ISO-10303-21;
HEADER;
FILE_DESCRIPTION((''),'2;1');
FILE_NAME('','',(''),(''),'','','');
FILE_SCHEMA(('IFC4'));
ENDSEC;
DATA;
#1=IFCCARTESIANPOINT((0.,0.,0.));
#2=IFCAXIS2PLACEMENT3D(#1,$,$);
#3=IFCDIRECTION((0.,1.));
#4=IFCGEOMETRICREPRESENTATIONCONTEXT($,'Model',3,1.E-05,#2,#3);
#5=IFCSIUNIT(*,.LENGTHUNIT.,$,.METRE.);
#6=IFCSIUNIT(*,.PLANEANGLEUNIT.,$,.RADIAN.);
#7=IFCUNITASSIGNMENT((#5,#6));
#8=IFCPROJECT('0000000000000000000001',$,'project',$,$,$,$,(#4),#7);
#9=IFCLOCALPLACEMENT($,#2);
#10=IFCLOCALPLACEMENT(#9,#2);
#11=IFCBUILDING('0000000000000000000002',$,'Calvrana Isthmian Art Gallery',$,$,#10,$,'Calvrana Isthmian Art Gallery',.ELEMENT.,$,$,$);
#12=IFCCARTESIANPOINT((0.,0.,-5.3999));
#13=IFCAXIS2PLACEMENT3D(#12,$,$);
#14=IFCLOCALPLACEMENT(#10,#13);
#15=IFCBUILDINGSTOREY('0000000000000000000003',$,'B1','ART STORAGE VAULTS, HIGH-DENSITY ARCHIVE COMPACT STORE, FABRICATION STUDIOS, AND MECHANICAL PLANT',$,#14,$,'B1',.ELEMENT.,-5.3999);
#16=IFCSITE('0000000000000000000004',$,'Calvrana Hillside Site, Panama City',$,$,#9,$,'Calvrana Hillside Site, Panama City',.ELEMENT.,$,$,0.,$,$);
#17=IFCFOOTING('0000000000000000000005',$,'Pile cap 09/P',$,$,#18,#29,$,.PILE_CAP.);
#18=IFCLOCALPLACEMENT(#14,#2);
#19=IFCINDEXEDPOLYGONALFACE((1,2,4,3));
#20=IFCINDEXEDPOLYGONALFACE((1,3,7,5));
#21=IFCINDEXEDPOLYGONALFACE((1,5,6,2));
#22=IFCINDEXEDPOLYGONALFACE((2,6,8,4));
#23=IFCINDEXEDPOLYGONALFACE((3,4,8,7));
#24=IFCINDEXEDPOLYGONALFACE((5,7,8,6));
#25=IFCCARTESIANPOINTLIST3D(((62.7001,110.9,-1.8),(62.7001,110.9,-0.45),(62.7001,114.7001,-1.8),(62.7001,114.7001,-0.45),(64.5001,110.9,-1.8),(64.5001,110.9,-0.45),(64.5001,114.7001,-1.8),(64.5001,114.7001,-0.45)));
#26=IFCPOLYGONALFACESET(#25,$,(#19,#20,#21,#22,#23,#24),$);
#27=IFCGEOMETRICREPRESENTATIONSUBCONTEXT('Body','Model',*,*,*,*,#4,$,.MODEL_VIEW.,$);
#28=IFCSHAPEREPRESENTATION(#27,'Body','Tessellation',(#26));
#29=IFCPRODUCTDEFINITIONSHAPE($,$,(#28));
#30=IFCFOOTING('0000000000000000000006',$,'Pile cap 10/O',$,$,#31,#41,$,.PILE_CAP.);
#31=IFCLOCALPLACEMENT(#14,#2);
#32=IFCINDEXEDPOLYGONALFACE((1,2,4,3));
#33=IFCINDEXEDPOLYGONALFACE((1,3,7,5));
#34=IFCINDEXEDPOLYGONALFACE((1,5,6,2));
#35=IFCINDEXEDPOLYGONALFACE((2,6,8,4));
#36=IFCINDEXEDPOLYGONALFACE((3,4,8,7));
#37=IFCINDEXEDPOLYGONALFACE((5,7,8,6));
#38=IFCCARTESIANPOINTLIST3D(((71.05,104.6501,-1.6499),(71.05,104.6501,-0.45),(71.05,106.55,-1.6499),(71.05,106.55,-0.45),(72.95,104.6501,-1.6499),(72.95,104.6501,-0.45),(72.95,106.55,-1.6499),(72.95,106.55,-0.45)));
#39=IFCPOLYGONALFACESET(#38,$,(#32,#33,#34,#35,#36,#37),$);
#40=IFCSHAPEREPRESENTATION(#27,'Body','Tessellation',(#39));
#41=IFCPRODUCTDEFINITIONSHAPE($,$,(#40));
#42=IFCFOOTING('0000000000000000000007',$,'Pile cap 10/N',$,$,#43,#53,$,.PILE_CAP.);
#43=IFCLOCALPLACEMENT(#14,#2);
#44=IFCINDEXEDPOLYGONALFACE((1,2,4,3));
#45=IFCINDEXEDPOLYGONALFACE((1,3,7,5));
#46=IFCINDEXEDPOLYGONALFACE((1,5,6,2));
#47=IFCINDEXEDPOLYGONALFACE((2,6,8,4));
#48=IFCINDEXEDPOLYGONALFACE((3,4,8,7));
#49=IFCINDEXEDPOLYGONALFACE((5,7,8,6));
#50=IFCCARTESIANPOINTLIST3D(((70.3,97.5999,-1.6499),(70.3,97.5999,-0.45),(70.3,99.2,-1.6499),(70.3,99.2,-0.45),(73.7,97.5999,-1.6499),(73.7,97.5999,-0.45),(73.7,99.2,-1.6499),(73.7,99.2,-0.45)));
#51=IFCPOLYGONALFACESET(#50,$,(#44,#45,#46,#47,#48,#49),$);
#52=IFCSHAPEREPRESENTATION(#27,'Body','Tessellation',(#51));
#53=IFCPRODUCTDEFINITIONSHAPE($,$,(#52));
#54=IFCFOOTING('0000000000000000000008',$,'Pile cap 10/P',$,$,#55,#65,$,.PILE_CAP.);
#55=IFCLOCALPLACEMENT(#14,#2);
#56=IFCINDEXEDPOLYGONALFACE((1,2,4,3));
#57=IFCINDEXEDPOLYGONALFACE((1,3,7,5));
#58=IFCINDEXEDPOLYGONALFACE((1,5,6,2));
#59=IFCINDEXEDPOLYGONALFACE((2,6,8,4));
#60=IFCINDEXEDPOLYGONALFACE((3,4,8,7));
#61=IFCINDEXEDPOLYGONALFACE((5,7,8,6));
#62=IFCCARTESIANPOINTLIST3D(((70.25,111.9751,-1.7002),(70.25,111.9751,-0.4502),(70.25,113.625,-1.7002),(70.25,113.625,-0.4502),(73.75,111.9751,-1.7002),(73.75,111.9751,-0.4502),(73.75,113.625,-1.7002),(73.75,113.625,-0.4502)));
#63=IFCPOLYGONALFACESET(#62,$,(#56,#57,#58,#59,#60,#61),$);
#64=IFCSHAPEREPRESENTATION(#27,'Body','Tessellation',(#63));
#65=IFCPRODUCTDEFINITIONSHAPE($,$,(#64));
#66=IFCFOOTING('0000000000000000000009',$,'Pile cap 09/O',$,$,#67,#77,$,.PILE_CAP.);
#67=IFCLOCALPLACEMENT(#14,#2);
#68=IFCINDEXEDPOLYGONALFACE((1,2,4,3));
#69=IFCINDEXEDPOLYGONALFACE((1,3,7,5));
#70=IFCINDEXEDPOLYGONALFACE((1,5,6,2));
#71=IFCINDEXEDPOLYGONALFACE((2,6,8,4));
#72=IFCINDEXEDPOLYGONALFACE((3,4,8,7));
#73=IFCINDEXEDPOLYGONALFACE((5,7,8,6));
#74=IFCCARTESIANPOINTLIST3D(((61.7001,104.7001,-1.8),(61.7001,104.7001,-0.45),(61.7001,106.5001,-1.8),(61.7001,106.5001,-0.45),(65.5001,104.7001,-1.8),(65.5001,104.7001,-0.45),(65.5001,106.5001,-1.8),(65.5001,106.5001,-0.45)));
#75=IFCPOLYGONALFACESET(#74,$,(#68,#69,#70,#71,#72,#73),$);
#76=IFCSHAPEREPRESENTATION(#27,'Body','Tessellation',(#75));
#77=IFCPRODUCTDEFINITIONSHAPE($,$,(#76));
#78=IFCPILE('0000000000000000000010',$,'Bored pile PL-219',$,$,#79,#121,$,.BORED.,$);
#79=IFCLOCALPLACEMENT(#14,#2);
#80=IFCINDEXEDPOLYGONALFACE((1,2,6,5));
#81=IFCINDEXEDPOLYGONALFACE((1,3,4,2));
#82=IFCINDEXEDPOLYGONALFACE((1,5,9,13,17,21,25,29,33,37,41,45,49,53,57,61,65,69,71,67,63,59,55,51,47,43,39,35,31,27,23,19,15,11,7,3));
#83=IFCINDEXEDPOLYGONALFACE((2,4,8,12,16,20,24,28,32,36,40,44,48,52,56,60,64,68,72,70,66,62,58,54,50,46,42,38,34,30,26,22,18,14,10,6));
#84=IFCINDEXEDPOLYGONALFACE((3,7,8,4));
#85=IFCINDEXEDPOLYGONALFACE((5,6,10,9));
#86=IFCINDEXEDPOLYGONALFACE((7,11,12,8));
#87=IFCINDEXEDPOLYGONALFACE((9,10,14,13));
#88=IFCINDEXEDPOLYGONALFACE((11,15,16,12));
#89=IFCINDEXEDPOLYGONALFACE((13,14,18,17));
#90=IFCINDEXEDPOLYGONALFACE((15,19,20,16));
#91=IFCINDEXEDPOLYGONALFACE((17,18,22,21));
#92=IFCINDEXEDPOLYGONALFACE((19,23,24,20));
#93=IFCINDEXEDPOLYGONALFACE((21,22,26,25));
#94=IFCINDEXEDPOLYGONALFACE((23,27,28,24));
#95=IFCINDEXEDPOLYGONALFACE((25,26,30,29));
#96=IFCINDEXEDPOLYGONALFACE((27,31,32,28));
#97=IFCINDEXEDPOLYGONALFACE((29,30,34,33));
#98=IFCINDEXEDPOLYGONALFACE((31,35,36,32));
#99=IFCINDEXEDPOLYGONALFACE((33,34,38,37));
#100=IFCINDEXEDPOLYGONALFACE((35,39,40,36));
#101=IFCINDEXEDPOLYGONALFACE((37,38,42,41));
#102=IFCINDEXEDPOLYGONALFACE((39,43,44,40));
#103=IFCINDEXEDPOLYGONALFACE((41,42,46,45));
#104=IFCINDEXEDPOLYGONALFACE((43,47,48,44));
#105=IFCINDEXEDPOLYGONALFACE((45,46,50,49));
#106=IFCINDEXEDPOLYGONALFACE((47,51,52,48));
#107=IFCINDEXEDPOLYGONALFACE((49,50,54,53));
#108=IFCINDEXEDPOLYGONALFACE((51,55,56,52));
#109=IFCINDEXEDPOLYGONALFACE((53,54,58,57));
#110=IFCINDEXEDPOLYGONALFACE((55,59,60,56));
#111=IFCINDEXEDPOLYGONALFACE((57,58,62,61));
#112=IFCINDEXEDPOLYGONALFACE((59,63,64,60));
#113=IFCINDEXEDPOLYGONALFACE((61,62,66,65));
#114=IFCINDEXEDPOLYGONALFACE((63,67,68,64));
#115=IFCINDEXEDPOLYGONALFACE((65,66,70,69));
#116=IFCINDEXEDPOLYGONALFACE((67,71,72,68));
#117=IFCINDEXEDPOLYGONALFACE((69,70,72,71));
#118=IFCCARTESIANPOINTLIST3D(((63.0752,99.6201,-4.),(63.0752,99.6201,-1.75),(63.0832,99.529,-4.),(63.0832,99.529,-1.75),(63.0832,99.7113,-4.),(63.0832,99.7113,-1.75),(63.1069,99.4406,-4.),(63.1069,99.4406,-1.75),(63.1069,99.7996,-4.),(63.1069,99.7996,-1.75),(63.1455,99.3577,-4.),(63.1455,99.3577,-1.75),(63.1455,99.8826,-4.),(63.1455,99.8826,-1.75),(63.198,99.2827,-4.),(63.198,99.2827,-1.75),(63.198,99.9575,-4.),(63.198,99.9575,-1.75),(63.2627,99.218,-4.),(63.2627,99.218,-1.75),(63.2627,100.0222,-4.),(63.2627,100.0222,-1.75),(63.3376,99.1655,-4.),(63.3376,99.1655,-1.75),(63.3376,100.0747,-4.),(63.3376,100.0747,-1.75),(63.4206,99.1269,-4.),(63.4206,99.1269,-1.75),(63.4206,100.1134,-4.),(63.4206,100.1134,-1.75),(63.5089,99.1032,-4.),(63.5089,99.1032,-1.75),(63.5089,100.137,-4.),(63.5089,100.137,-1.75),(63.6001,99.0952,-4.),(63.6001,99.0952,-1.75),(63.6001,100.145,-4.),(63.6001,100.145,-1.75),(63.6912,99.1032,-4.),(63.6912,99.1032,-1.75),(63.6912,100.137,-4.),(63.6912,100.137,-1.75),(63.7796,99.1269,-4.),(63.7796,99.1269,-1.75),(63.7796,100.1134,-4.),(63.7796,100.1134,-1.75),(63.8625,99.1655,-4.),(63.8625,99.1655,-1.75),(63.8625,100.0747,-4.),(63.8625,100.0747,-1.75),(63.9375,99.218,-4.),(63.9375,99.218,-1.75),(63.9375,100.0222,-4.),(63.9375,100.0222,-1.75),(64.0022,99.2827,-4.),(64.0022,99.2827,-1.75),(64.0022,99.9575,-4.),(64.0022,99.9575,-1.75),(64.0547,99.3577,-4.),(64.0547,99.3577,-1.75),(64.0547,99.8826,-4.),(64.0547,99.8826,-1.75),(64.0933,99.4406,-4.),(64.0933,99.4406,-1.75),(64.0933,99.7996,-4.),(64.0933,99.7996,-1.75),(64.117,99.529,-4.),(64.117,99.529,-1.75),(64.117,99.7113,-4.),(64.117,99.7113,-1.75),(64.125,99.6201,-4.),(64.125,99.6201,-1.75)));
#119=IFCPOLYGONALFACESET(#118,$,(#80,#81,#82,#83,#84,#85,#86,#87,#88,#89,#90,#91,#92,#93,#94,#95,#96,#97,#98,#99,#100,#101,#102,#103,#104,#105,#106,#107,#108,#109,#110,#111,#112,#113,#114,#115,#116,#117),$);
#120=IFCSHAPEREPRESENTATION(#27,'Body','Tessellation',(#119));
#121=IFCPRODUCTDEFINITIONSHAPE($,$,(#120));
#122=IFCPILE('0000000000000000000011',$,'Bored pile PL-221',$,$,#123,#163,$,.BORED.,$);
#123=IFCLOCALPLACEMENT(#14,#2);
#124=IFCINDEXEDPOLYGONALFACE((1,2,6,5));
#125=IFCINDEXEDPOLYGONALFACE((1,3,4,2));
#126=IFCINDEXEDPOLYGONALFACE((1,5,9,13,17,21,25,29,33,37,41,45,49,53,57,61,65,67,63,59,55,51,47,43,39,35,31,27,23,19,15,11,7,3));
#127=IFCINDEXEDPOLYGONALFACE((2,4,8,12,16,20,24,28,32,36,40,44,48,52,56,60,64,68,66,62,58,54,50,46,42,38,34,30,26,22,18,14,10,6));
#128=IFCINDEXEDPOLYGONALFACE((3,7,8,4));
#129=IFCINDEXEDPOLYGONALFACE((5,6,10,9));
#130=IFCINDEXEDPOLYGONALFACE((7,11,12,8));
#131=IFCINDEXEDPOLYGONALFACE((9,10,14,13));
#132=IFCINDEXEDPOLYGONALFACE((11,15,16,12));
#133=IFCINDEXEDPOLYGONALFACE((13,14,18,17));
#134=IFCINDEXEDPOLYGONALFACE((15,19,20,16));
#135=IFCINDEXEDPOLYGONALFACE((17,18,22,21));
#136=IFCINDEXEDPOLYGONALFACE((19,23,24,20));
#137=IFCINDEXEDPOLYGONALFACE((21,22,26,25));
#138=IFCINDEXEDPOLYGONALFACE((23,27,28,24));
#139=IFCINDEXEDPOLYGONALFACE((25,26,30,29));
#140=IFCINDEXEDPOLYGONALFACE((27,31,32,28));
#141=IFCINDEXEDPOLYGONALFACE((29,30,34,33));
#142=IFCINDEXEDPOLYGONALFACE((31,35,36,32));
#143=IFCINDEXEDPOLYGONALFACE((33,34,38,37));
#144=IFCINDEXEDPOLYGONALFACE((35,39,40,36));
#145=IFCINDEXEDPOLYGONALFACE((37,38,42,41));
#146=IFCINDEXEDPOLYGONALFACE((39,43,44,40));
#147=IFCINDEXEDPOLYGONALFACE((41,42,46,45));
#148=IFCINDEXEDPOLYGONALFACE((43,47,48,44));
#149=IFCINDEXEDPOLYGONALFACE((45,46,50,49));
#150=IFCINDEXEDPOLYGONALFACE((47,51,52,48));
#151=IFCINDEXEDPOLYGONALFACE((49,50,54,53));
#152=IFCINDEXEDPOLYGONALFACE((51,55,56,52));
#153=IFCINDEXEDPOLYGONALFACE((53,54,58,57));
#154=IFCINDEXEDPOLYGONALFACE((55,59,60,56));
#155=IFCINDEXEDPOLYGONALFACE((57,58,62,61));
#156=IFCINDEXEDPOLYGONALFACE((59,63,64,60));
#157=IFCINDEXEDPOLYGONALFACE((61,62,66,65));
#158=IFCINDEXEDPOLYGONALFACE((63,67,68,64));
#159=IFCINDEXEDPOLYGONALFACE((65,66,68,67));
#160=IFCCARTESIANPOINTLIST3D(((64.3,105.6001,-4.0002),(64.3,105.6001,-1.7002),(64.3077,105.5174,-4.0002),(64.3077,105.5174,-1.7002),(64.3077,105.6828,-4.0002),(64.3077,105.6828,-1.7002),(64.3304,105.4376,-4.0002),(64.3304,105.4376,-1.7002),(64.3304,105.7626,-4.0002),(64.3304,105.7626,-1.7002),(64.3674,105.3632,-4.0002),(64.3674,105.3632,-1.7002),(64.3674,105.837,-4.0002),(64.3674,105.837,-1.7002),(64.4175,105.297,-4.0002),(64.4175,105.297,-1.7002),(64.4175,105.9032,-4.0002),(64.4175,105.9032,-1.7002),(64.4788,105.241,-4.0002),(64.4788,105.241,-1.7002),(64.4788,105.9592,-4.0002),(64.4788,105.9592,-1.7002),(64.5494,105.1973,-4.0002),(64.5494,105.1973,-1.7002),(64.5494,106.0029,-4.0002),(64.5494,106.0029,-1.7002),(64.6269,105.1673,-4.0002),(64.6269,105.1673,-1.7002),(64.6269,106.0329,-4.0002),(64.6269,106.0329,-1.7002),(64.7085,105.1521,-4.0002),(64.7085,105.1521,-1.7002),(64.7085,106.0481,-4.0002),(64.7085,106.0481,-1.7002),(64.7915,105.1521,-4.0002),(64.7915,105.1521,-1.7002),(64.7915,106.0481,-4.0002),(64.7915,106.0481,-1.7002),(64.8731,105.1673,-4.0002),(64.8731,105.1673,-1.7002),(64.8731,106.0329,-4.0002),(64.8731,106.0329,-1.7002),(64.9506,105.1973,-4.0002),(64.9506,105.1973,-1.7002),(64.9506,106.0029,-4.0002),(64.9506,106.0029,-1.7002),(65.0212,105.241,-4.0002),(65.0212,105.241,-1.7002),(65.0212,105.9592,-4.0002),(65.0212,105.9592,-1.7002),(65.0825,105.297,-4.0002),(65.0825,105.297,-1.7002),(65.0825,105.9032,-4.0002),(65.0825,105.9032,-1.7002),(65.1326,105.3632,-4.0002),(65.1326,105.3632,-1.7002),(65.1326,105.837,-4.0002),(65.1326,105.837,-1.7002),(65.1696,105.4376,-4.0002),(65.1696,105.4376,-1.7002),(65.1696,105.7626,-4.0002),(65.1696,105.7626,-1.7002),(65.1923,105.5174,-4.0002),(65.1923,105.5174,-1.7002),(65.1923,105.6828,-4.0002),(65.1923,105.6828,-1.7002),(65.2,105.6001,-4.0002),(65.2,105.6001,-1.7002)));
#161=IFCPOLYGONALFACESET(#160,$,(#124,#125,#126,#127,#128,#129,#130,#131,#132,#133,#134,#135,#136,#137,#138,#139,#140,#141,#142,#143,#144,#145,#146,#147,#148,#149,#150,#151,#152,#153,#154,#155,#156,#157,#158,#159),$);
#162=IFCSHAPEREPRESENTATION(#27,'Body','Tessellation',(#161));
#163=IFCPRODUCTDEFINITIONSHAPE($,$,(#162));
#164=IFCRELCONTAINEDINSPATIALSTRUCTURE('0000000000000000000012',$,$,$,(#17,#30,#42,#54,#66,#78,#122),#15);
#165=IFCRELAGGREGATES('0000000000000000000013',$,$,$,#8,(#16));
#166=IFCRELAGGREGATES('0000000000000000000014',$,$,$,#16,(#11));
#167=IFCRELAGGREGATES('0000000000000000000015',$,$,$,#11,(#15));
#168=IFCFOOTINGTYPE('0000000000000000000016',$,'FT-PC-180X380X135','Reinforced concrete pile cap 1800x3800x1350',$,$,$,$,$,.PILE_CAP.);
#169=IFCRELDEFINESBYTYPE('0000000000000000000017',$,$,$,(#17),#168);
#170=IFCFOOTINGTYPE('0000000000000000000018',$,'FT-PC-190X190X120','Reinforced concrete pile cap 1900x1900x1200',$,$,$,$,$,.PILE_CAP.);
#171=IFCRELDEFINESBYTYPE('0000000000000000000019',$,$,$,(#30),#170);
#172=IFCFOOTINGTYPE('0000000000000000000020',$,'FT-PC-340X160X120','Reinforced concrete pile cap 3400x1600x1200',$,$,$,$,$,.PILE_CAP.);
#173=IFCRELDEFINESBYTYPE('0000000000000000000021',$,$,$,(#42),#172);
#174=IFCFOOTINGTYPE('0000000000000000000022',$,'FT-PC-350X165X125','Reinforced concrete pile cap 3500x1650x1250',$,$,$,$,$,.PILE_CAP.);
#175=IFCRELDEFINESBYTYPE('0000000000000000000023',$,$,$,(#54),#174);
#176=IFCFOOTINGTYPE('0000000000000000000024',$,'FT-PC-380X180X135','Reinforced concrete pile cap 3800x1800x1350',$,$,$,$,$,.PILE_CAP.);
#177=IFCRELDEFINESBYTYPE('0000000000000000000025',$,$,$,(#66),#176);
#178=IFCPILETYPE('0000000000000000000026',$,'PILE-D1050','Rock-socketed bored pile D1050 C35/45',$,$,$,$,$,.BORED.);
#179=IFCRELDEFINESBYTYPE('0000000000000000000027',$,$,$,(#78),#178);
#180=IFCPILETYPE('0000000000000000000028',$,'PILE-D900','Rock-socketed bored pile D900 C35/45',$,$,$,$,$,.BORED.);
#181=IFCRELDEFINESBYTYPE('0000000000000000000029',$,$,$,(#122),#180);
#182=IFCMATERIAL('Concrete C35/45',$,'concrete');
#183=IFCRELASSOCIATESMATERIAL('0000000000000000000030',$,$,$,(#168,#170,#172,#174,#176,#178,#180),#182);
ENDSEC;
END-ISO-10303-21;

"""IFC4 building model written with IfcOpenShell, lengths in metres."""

from ifc_helpers import new_model, si_unit, direction, frame, origin, origin_2d, place, context, subcontext, project, spatial, rectangle, circle, extrude, material, material_profile, profile_set, type_object, element, save


model = new_model("IFC4")

# Units and contexts
model_context = context("Model", 3, precision=1e-05, world=origin(), true_north=direction((0.0, 1.0)))
body_context = subcontext(model_context, "Body", "Model", "MODEL_VIEW")
ifc_project = project(units=[si_unit("LENGTHUNIT", "METRE"), si_unit("PLANEANGLEUNIT", "RADIAN")], contexts=[model_context])

# Site, building, storey
site_placement = place(None, origin())
site = spatial("IfcSite", under=ifc_project, at=site_placement, Name="Calvrana Hillside Site, Panama City", LongName="Calvrana Hillside Site, Panama City", CompositionType="ELEMENT", RefElevation=0.0)
building_placement = place(site_placement, origin())
building = spatial("IfcBuilding", under=site, at=building_placement, Name="Calvrana Isthmian Art Gallery", LongName="Calvrana Isthmian Art Gallery", CompositionType="ELEMENT")
storey_placement = place(building_placement, frame((0.0, 0.0, -5.3999)))
storey = spatial("IfcBuildingStorey", under=building, at=storey_placement, Name="B1", Description="ART STORAGE VAULTS, HIGH-DENSITY ARCHIVE COMPACT STORE, FABRICATION STUDIOS, AND MECHANICAL PLANT", LongName="B1", CompositionType="ELEMENT", Elevation=-5.3999)

# Footings
ifc_material_1 = material(Name="Concrete C35/45", Category="concrete")
footing_type_1 = type_object("IfcFootingType", Name="FT-PC-180X380X135", Description="Reinforced concrete pile cap 1800x3800x1350", PredefinedType="PILE_CAP", material=ifc_material_1)
footing_1_placement = place(storey_placement, frame((63.6001, 112.8, -1.8), z_axis=(0.0, 0.0, 1.0), x_axis=(1.0, 0.0, 0.0)))
element("IfcFooting", 1, at=footing_1_placement, inside=storey, type_object=footing_type_1, Name="Pile cap 09/P", PredefinedType="PILE_CAP", context=body_context, shape_type="SweptSolid", body=[
    extrude(rectangle(XDim=1.8, YDim=3.8, at=origin_2d()), origin(), (0.0, 0.0, 1.0), 1.3501),
])
footing_type_2 = type_object("IfcFootingType", Name="FT-PC-190X190X120", Description="Reinforced concrete pile cap 1900x1900x1200", PredefinedType="PILE_CAP", material=ifc_material_1)
footing_2_placement = place(storey_placement, frame((72.0, 105.6001, -1.6499), z_axis=(0.0, 0.0, 1.0), x_axis=(1.0, 0.0, 0.0)))
element("IfcFooting", 2, at=footing_2_placement, inside=storey, type_object=footing_type_2, Name="Pile cap 10/O", PredefinedType="PILE_CAP", context=body_context, shape_type="SweptSolid", body=[
    extrude(rectangle(XDim=1.8999, YDim=1.8999, at=origin_2d()), origin(), (0.0, 0.0, 1.0), 1.2),
])
footing_type_3 = type_object("IfcFootingType", Name="FT-PC-340X160X120", Description="Reinforced concrete pile cap 3400x1600x1200", PredefinedType="PILE_CAP", material=ifc_material_1)
footing_3_placement = place(storey_placement, frame((72.0, 98.3999, -1.6499), z_axis=(0.0, 0.0, 1.0), x_axis=(1.0, 0.0, 0.0)))
element("IfcFooting", 3, at=footing_3_placement, inside=storey, type_object=footing_type_3, Name="Pile cap 10/N", PredefinedType="PILE_CAP", context=body_context, shape_type="SweptSolid", body=[
    extrude(rectangle(XDim=3.3999, YDim=1.6001, at=origin_2d()), origin(), (0.0, 0.0, 1.0), 1.2),
])
footing_type_4 = type_object("IfcFootingType", Name="FT-PC-350X165X125", Description="Reinforced concrete pile cap 3500x1650x1250", PredefinedType="PILE_CAP", material=ifc_material_1)
footing_4_placement = place(storey_placement, frame((72.0, 112.8, -1.7002), z_axis=(0.0, 0.0, 1.0), x_axis=(1.0, 0.0, 0.0)))
element("IfcFooting", 4, at=footing_4_placement, inside=storey, type_object=footing_type_4, Name="Pile cap 10/P", PredefinedType="PILE_CAP", context=body_context, shape_type="SweptSolid", body=[
    extrude(rectangle(XDim=3.5, YDim=1.6499, at=origin_2d()), origin(), (0.0, 0.0, 1.0), 1.25),
])
footing_type_5 = type_object("IfcFootingType", Name="FT-PC-380X180X135", Description="Reinforced concrete pile cap 3800x1800x1350", PredefinedType="PILE_CAP", material=ifc_material_1)
footing_5_placement = place(storey_placement, frame((63.6001, 105.6001, -1.8), z_axis=(0.0, 0.0, 1.0), x_axis=(1.0, 0.0, 0.0)))
element("IfcFooting", 5, at=footing_5_placement, inside=storey, type_object=footing_type_5, Name="Pile cap 09/O", PredefinedType="PILE_CAP", context=body_context, shape_type="SweptSolid", body=[
    extrude(rectangle(XDim=3.8, YDim=1.8, at=origin_2d()), origin(), (0.0, 0.0, 1.0), 1.3501),
])

# Piles
ifc_material_profile_1 = material_profile(ifc_material_1, circle(Radius=0.5249, at=origin_2d()), Name="PILE1050D")
ifc_profile_set_1 = profile_set([ifc_material_profile_1], Name="Concrete C35/45")
pile_type_1 = type_object("IfcPileType", Name="PILE-D1050", Description="Rock-socketed bored pile D1050 C35/45", PredefinedType="BORED", material=ifc_profile_set_1)
pile_1_placement = place(storey_placement, frame((63.6001, 99.6201, -1.75), z_axis=(0.0, 0.0, -1.0), x_axis=(1.0, 0.0, 0.0)))
element("IfcPile", 6, at=pile_1_placement, inside=storey, type_object=pile_type_1, Name="Bored pile PL-219", PredefinedType="BORED", context=body_context, shape_type="SweptSolid", body=[
    extrude(circle(Radius=0.5249, at=origin_2d()), origin(), (0.0, 0.0, 1.0), 2.25),
])
ifc_material_profile_2 = material_profile(ifc_material_1, circle(Radius=0.45, at=origin_2d()), Name="PILE900D")
ifc_profile_set_2 = profile_set([ifc_material_profile_2], Name="Concrete C35/45")
pile_type_2 = type_object("IfcPileType", Name="PILE-D900", Description="Rock-socketed bored pile D900 C35/45", PredefinedType="BORED", material=ifc_profile_set_2)
for number, where, z_axis, x_axis, name in (
    (7, (64.75, 105.6001, -1.7002), (0.0, 0.0, -1.0), (1.0, 0.0, 0.0), "Bored pile PL-221"),
):
    element("IfcPile", number, at=place(storey_placement, frame(where, z_axis=z_axis, x_axis=x_axis)), inside=storey, type_object=pile_type_2, Name=name, PredefinedType="BORED", context=body_context, shape_type="SweptSolid", body=[
        extrude(circle(Radius=0.45, at=origin_2d()), origin(), (0.0, 0.0, 1.0), 2.3),
    ])

save(model, "model.ifc")
